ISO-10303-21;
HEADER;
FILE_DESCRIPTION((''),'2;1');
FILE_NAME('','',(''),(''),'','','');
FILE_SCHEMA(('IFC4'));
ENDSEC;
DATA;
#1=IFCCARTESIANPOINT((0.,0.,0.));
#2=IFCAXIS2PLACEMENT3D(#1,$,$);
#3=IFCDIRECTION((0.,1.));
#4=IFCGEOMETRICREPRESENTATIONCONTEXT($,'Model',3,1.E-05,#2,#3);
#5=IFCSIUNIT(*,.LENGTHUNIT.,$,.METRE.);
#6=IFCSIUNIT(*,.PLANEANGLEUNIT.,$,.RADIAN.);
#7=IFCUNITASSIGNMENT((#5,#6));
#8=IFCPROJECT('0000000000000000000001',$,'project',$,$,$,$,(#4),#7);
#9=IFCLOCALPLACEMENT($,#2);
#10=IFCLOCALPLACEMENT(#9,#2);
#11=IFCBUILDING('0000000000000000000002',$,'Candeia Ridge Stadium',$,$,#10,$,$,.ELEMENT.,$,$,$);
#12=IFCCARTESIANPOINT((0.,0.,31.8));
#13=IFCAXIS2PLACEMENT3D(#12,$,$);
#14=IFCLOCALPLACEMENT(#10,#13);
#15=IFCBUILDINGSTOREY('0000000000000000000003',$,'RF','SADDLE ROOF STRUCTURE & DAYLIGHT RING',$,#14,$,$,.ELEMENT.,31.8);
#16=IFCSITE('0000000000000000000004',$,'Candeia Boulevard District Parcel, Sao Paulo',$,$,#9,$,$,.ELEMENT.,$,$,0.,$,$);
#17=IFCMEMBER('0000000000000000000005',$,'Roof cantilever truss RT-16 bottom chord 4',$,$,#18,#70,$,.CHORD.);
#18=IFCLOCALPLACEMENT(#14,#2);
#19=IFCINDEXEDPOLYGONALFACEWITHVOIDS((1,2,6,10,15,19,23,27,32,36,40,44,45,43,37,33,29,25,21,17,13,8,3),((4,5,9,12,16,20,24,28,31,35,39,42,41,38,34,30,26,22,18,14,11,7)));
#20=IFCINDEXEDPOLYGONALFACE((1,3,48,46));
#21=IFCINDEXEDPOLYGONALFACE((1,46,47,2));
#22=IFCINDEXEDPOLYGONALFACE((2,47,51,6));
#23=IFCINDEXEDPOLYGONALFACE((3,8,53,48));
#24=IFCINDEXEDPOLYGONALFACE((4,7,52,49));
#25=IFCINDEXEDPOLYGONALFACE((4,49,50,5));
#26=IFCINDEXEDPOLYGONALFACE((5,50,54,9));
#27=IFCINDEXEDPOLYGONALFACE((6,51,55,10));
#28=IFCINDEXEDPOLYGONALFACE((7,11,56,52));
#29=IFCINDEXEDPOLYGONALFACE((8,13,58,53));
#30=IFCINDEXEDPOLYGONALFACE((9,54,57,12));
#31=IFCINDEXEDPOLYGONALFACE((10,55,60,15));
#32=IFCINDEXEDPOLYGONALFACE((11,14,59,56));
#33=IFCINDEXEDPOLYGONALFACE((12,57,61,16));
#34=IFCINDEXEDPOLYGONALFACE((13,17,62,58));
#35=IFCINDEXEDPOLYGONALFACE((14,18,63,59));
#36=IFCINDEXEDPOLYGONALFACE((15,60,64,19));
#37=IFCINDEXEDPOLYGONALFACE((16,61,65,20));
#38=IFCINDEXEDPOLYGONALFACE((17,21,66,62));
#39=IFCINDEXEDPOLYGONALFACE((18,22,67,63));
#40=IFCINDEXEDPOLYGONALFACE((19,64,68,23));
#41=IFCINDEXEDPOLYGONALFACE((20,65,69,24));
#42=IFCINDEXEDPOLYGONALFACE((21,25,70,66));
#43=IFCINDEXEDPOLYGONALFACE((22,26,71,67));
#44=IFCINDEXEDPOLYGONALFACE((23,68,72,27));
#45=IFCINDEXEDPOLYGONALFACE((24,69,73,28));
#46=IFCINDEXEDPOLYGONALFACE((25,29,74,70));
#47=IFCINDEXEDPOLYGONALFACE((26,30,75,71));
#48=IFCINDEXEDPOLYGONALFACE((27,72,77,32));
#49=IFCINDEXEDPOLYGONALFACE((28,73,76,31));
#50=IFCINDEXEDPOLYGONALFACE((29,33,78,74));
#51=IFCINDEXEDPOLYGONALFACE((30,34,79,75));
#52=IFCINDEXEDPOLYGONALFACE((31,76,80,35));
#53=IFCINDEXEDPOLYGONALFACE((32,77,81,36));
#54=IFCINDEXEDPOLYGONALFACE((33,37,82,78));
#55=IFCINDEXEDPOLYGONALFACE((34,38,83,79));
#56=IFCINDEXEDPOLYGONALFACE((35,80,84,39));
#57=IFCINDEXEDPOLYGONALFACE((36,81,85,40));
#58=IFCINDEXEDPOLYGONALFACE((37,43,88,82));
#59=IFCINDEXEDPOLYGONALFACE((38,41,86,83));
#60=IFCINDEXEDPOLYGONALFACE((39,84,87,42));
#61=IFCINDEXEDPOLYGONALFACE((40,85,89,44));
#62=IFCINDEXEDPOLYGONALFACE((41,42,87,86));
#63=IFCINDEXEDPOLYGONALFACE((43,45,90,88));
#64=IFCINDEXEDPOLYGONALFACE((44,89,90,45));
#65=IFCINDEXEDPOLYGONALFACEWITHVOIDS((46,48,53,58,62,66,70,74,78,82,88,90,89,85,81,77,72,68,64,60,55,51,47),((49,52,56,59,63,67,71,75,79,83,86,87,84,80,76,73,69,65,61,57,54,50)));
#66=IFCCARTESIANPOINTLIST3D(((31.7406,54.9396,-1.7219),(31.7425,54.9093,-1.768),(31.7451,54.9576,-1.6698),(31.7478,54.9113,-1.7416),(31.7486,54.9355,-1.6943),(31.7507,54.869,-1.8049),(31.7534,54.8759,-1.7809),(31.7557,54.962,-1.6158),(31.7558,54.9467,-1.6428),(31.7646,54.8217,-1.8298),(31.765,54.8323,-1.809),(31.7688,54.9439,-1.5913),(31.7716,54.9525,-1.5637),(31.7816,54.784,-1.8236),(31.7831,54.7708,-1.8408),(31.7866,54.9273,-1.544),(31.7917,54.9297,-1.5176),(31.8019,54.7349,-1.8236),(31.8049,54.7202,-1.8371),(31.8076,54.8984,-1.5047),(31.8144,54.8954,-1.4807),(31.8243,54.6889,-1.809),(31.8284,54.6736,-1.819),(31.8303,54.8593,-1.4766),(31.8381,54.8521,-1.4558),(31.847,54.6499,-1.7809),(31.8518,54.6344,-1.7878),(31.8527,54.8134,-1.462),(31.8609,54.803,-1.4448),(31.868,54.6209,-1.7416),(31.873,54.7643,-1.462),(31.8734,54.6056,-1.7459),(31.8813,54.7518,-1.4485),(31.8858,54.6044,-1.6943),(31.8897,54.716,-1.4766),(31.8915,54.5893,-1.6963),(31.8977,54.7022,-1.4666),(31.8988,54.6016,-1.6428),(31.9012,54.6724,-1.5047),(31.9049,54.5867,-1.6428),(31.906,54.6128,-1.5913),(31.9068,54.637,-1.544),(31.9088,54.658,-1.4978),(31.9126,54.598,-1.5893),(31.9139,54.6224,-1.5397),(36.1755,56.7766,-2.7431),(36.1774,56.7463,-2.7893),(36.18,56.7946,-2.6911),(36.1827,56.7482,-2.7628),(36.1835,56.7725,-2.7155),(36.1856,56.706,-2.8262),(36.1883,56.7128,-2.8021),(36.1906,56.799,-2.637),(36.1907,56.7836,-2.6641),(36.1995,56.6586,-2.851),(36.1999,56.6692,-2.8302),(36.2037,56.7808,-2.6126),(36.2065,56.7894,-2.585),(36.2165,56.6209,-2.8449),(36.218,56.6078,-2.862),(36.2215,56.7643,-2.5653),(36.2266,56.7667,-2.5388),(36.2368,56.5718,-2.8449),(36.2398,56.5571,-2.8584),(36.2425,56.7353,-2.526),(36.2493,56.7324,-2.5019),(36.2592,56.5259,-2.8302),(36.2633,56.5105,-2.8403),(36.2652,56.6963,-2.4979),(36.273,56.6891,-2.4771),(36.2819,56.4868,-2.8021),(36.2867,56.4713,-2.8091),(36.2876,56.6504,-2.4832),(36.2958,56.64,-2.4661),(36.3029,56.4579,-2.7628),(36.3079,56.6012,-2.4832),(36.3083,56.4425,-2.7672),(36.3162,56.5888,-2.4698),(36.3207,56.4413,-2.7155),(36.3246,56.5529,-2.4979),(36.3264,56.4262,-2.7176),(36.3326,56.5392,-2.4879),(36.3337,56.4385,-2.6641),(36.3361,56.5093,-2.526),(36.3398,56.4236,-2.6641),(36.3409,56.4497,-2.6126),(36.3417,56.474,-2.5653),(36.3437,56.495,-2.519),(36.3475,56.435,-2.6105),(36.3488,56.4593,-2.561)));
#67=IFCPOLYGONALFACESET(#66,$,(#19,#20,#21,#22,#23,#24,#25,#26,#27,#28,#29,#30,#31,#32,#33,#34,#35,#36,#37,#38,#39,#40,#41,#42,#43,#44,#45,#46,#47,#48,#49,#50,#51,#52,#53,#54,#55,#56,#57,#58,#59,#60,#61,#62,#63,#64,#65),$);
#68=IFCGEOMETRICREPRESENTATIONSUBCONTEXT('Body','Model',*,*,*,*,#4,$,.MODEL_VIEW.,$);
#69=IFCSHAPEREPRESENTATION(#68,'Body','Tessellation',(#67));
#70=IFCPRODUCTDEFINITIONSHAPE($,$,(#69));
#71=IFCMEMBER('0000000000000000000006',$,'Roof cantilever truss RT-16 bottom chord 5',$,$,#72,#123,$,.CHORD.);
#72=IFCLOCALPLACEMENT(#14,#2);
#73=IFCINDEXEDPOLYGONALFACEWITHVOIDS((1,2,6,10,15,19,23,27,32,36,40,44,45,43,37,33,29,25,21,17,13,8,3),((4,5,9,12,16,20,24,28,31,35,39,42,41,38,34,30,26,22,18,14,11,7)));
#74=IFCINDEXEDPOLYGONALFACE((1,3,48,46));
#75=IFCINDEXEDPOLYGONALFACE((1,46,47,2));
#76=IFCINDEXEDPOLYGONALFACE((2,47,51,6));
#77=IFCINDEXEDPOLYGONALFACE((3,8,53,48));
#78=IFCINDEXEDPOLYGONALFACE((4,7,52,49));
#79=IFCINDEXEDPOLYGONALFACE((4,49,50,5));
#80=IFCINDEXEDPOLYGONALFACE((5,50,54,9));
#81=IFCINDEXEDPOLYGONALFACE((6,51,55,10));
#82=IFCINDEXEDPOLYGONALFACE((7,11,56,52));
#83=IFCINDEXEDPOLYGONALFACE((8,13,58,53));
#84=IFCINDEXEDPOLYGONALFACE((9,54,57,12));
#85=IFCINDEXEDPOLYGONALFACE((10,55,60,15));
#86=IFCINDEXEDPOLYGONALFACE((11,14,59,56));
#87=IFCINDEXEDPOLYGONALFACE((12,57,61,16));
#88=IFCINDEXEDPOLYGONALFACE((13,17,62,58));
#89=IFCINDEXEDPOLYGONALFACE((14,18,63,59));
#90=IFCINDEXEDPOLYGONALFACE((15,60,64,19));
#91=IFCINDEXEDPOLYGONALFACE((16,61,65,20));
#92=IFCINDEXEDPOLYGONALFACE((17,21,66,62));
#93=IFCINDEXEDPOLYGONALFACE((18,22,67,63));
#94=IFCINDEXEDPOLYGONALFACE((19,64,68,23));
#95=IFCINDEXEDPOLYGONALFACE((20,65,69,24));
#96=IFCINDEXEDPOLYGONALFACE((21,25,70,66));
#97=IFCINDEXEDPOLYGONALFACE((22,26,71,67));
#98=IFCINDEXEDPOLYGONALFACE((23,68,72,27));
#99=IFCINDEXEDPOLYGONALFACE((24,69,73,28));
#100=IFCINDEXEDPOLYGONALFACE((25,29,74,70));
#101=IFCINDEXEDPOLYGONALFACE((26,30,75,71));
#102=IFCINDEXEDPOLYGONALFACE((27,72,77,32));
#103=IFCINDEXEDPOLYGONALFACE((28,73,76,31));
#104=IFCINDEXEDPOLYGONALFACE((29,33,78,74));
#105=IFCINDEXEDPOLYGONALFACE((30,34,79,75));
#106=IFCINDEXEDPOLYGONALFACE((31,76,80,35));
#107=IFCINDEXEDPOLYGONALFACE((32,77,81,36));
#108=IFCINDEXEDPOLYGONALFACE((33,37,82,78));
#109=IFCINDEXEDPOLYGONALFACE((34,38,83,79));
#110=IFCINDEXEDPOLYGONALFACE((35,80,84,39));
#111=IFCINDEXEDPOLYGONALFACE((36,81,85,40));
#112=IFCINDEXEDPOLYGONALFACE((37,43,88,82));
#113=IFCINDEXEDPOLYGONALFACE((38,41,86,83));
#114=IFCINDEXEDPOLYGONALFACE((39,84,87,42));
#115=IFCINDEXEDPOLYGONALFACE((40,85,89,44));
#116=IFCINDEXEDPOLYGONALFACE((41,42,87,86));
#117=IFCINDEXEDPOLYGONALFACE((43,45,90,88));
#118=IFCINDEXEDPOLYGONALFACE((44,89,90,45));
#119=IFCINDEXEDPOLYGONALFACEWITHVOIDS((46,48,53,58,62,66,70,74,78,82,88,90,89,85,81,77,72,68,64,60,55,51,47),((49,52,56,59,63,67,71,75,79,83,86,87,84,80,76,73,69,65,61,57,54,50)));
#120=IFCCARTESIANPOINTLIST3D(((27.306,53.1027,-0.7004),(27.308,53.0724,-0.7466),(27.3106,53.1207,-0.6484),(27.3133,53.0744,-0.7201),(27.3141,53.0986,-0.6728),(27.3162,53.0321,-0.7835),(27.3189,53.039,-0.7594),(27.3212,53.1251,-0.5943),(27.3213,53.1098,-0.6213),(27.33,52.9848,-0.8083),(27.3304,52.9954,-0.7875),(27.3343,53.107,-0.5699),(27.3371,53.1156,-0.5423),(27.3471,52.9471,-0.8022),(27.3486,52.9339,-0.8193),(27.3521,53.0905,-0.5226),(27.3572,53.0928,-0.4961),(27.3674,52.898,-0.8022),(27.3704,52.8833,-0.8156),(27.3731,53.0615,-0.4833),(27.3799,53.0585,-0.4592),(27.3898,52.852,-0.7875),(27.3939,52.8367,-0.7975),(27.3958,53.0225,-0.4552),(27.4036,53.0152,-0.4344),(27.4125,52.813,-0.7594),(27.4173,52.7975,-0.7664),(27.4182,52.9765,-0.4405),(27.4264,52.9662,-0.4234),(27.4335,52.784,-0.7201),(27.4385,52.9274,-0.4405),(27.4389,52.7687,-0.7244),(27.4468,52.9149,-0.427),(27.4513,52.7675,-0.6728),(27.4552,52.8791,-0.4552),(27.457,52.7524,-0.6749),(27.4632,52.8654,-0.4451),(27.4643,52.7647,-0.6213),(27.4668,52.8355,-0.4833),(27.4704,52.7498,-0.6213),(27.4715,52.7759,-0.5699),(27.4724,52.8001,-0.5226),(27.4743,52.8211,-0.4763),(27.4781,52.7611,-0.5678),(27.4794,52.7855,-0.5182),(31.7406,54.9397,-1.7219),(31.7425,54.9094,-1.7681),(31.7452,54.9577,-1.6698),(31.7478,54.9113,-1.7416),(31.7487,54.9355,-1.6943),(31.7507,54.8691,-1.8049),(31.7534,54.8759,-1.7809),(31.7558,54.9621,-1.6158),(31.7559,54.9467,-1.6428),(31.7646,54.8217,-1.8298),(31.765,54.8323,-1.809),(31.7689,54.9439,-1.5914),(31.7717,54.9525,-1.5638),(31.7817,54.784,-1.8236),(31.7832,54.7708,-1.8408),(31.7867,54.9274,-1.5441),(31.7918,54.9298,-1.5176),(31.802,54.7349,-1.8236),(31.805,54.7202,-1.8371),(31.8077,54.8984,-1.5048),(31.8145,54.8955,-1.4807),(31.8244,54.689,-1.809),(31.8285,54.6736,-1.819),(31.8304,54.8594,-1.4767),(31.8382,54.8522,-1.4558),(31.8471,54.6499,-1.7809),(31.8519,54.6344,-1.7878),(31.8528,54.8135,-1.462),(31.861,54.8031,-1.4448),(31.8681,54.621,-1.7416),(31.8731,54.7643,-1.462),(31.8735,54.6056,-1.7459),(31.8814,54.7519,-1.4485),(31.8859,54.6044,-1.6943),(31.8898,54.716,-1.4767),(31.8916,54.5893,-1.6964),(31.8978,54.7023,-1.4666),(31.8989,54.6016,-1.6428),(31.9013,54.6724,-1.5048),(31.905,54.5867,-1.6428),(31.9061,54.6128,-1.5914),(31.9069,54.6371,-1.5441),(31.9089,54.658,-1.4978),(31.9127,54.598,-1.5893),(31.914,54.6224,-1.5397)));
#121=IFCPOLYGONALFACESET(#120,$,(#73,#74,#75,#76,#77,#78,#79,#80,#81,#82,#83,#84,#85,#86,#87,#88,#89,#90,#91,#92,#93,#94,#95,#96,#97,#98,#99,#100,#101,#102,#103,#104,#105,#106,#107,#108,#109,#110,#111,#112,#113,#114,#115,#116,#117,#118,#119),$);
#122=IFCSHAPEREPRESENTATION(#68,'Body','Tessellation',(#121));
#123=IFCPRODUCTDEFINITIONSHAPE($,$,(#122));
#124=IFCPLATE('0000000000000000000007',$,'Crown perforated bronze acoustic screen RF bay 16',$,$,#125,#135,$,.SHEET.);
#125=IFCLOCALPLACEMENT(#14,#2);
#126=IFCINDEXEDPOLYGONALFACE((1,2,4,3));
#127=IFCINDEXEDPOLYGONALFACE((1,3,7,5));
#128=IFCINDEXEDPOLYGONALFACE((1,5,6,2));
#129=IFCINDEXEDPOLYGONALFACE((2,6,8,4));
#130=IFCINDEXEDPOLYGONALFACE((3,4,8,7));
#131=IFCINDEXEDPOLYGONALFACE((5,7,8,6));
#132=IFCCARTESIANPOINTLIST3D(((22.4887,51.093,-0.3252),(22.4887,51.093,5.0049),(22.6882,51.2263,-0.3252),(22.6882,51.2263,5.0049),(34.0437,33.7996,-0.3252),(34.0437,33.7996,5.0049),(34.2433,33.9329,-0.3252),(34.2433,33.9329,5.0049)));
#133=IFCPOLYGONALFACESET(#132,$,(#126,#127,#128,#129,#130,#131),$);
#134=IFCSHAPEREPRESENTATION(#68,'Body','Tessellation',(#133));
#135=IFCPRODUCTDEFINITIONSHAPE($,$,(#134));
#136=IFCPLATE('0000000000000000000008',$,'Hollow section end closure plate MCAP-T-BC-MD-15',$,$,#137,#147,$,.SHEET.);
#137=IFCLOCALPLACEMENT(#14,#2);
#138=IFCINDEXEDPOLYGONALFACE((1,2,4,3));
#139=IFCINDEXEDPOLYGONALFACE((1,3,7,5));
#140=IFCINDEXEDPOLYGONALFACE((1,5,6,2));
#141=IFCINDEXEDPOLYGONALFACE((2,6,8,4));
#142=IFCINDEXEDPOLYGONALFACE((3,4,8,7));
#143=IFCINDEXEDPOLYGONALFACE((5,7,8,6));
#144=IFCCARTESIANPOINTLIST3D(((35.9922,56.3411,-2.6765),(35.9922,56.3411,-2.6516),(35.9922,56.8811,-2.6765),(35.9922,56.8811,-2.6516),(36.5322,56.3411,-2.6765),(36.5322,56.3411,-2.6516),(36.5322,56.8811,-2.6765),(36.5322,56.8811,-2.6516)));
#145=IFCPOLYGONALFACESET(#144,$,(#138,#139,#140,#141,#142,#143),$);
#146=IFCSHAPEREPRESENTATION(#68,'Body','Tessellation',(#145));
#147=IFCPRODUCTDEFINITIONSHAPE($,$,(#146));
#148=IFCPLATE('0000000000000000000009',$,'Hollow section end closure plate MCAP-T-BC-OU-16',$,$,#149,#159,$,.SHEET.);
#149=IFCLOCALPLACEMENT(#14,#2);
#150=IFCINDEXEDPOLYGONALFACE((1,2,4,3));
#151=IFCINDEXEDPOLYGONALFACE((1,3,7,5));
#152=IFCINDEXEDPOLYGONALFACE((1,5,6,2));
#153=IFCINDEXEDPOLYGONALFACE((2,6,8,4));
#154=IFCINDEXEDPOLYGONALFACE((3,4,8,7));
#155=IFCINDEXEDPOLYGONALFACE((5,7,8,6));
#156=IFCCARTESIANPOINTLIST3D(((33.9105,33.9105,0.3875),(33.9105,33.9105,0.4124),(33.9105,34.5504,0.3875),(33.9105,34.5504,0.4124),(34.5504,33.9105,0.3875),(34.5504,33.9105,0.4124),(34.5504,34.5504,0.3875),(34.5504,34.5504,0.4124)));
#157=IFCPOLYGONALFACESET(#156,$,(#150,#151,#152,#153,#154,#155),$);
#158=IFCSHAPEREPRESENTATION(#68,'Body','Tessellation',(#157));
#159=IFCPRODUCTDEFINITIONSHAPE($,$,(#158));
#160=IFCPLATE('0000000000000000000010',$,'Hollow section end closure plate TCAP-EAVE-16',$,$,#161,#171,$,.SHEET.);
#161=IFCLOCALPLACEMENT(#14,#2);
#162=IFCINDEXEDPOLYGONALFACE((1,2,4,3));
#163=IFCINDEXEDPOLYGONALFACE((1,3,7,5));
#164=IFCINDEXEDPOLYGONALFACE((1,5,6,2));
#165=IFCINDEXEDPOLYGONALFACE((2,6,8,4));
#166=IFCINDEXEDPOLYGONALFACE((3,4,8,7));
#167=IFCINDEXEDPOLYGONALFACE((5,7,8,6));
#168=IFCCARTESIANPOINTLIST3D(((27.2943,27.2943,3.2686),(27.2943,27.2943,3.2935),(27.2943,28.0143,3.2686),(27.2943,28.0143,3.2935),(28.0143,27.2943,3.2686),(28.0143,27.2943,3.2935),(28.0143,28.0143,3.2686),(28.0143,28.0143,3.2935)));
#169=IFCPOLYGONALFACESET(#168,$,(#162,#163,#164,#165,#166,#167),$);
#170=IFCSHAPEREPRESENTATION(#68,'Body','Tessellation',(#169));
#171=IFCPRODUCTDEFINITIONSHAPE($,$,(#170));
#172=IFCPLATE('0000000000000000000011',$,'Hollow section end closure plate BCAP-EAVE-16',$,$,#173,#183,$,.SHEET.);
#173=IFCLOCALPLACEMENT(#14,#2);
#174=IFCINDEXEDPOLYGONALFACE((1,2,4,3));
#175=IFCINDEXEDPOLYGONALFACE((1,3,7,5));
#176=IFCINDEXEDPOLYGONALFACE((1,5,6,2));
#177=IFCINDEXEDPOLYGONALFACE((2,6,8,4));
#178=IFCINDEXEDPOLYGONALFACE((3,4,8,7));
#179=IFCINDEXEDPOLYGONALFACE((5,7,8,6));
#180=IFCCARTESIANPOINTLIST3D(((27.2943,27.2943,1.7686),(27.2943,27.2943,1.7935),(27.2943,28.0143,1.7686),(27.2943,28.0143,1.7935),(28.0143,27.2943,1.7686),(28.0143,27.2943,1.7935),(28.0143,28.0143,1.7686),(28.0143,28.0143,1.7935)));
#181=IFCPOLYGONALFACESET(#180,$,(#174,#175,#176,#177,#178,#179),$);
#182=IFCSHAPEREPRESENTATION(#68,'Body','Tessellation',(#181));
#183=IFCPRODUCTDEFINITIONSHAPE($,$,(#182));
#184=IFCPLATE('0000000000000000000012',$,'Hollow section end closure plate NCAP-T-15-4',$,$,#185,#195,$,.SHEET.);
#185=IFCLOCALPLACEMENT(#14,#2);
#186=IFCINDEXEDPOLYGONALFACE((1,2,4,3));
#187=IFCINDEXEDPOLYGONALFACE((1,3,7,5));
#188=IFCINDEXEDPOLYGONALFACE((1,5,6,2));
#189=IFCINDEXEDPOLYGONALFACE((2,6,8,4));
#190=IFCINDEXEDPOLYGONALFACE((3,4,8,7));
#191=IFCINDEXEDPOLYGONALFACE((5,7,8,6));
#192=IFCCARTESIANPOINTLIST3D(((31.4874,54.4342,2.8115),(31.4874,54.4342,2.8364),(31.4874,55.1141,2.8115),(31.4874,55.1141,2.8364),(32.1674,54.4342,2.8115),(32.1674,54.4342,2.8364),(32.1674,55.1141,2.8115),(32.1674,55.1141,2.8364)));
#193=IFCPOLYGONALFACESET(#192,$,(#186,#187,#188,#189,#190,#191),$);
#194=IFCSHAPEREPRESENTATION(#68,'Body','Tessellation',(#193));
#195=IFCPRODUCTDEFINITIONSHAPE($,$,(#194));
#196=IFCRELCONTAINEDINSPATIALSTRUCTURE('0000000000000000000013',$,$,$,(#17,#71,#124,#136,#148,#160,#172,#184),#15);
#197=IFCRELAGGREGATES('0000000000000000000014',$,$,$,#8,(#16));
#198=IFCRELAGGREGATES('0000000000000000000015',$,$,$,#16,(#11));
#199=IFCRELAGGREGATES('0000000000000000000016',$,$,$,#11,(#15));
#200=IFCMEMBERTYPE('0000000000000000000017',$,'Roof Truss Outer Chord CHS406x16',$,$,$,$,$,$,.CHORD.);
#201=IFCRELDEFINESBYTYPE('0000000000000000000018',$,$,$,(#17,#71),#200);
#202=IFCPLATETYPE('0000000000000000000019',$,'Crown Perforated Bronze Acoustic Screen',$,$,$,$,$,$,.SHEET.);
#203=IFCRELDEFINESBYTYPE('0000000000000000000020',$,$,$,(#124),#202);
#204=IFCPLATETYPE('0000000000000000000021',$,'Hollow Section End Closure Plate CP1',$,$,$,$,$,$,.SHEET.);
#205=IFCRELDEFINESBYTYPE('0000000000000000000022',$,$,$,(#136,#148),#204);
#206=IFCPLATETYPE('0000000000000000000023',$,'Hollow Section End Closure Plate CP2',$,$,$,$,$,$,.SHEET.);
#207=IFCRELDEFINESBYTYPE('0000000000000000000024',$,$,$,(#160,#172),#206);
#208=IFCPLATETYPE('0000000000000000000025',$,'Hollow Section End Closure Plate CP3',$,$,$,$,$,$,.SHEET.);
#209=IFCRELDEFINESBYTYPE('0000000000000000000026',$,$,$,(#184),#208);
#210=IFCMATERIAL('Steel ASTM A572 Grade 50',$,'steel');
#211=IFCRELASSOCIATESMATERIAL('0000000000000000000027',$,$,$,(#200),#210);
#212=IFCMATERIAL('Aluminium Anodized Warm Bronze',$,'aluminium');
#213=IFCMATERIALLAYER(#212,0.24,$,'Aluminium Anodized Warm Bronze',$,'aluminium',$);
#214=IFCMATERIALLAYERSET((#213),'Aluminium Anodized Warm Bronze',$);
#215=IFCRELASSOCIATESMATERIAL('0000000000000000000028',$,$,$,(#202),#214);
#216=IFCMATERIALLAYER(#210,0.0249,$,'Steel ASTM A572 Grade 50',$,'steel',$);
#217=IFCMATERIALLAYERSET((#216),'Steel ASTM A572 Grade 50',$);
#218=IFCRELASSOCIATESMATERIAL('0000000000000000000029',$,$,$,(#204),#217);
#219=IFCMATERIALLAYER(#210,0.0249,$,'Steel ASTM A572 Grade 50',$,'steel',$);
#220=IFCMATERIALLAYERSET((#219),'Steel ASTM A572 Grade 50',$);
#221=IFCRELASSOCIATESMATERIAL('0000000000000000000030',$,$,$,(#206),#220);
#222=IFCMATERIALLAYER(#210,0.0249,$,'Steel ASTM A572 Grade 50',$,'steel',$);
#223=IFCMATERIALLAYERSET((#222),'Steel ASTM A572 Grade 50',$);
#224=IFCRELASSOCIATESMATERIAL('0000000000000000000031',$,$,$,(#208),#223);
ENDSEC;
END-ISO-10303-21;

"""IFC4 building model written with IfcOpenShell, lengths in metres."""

from ifc_helpers import new_model, si_unit, direction, frame, origin, origin_2d, place, context, subcontext, project, spatial, rectangle, hollow_circle, extrude, material, layer, layer_set, material_profile, profile_set, type_object, element, save


model = new_model("IFC4")

# Units and contexts
model_context = context("Model", 3, precision=1e-05, world=origin(), true_north=direction((0.0, 1.0)))
body_context = subcontext(model_context, "Body", "Model", "MODEL_VIEW")
ifc_project = project(units=[si_unit("LENGTHUNIT", "METRE"), si_unit("PLANEANGLEUNIT", "RADIAN")], contexts=[model_context])

# Site, building, storey
site_placement = place(None, origin())
site = spatial("IfcSite", under=ifc_project, at=site_placement, Name="Candeia Boulevard District Parcel, Sao Paulo", CompositionType="ELEMENT", RefElevation=0.0)
building_placement = place(site_placement, origin())
building = spatial("IfcBuilding", under=site, at=building_placement, Name="Candeia Ridge Stadium", CompositionType="ELEMENT")
storey_placement = place(building_placement, frame((0.0, 0.0, 31.8)))
storey = spatial("IfcBuildingStorey", under=building, at=storey_placement, Name="RF", Description="SADDLE ROOF STRUCTURE & DAYLIGHT RING", CompositionType="ELEMENT", Elevation=31.8)

# Shared definitions
ifc_material_1 = material(Name="Steel ASTM A572 Grade 50", Category="steel")

# Members
ifc_material_profile_1 = material_profile(ifc_material_1, hollow_circle(Radius=0.2029, WallThickness=0.0161, at=origin_2d()), Name="CHS406x16", Category="steel")
ifc_profile_set_1 = profile_set([ifc_material_profile_1], Name="Steel ASTM A572 Grade 50")
member_type_1 = type_object("IfcMemberType", Name="Roof Truss Outer Chord CHS406x16", PredefinedType="CHORD", material=ifc_profile_set_1)
member_1_placement = place(storey_placement, frame((36.2622, 56.6111, -2.6641), z_axis=(-0.903658, -0.374298, 0.208093), x_axis=(0.382675, -0.923883, 0.0)))
element("IfcMember", 1, at=member_1_placement, inside=storey, type_object=member_type_1, Name="Roof cantilever truss RT-16 bottom chord 4", PredefinedType="CHORD", context=body_context, shape_type="SweptSolid", body=[
    extrude(hollow_circle(Radius=0.2029, WallThickness=0.0161, at=origin_2d()), origin(), (0.0, 0.0, 1.0), 4.9077),
])
member_2_placement = place(storey_placement, frame((31.8274, 54.7742, -1.6428), z_axis=(-0.90364, -0.374311, 0.20815), x_axis=(0.382693, -0.923875, 0.0)))
element("IfcMember", 2, at=member_2_placement, inside=storey, type_object=member_type_1, Name="Roof cantilever truss RT-16 bottom chord 5", PredefinedType="CHORD", context=body_context, shape_type="SweptSolid", body=[
    extrude(hollow_circle(Radius=0.2029, WallThickness=0.0161, at=origin_2d()), origin(), (0.0, 0.0, 1.0), 4.9075),
])

# Plates
ifc_material_2 = material(Name="Aluminium Anodized Warm Bronze", Category="aluminium")
ifc_layer_1 = layer(ifc_material_2, 0.24, Name="Aluminium Anodized Warm Bronze", Category="aluminium")
ifc_layer_set_1 = layer_set([ifc_layer_1], Name="Aluminium Anodized Warm Bronze")
plate_type_1 = type_object("IfcPlateType", Name="Crown Perforated Bronze Acoustic Screen", PredefinedType="SHEET", material=ifc_layer_set_1)
plate_1_placement = place(storey_placement, frame((28.366, 42.5129, -0.3252), z_axis=(0.0, 0.0, 1.0), x_axis=(0.55557, -0.83147, 0.0)))
element("IfcPlate", 3, at=plate_1_placement, inside=storey, type_object=plate_type_1, Name="Crown perforated bronze acoustic screen RF bay 16", PredefinedType="SHEET", context=body_context, shape_type="SweptSolid", body=[
    extrude(rectangle(XDim=20.7986, YDim=0.24, at=origin_2d()), origin(), (0.0, 0.0, 1.0), 5.3301),
])
ifc_layer_2 = layer(ifc_material_1, 0.0249, Name="Steel ASTM A572 Grade 50", Category="steel")
ifc_layer_set_2 = layer_set([ifc_layer_2], Name="Steel ASTM A572 Grade 50")
plate_type_2 = type_object("IfcPlateType", Name="Hollow Section End Closure Plate CP1", PredefinedType="SHEET", material=ifc_layer_set_2)
plate_2_placement = place(storey_placement, frame((36.2622, 56.6111, -2.6765), z_axis=(0.0, 0.0, 1.0), x_axis=(1.0, 0.0, 0.0)))
element("IfcPlate", 4, at=plate_2_placement, inside=storey, type_object=plate_type_2, Name="Hollow section end closure plate MCAP-T-BC-MD-15", PredefinedType="SHEET", context=body_context, shape_type="SweptSolid", body=[
    extrude(rectangle(XDim=0.54, YDim=0.54, at=origin_2d()), origin(), (0.0, 0.0, 1.0), 0.0249),
])
plate_3_placement = place(storey_placement, frame((34.2305, 34.2305, 0.3875), z_axis=(0.0, 0.0, 1.0), x_axis=(1.0, 0.0, 0.0)))
element("IfcPlate", 5, at=plate_3_placement, inside=storey, type_object=plate_type_2, Name="Hollow section end closure plate MCAP-T-BC-OU-16", PredefinedType="SHEET", context=body_context, shape_type="SweptSolid", body=[
    extrude(rectangle(XDim=0.6399, YDim=0.6399, at=origin_2d()), origin(), (0.0, 0.0, 1.0), 0.0249),
])
ifc_layer_3 = layer(ifc_material_1, 0.0249, Name="Steel ASTM A572 Grade 50", Category="steel")
ifc_layer_set_3 = layer_set([ifc_layer_3], Name="Steel ASTM A572 Grade 50")
plate_type_3 = type_object("IfcPlateType", Name="Hollow Section End Closure Plate CP2", PredefinedType="SHEET", material=ifc_layer_set_3)
for number, where, z_axis, x_axis, name in (
    (6, (27.6543, 27.6543, 3.2686), (0.0, 0.0, 1.0), (1.0, 0.0, 0.0), "Hollow section end closure plate TCAP-EAVE-16"),
    (7, (27.6543, 27.6543, 1.7686), (0.0, 0.0, 1.0), (1.0, 0.0, 0.0), "Hollow section end closure plate BCAP-EAVE-16"),
):
    element("IfcPlate", number, at=place(storey_placement, frame(where, z_axis=z_axis, x_axis=x_axis)), inside=storey, type_object=plate_type_3, Name=name, PredefinedType="SHEET", context=body_context, shape_type="SweptSolid", body=[
        extrude(rectangle(XDim=0.72, YDim=0.72, at=origin_2d()), origin(), (0.0, 0.0, 1.0), 0.0249),
    ])
ifc_layer_4 = layer(ifc_material_1, 0.0249, Name="Steel ASTM A572 Grade 50", Category="steel")
ifc_layer_set_4 = layer_set([ifc_layer_4], Name="Steel ASTM A572 Grade 50")
plate_type_4 = type_object("IfcPlateType", Name="Hollow Section End Closure Plate CP3", PredefinedType="SHEET", material=ifc_layer_set_4)
for number, where, z_axis, x_axis, name in (
    (8, (31.8274, 54.7742, 2.8115), (0.0, 0.0, 1.0), (1.0, 0.0, 0.0), "Hollow section end closure plate NCAP-T-15-4"),
):
    element("IfcPlate", number, at=place(storey_placement, frame(where, z_axis=z_axis, x_axis=x_axis)), inside=storey, type_object=plate_type_4, Name=name, PredefinedType="SHEET", context=body_context, shape_type="SweptSolid", body=[
        extrude(rectangle(XDim=0.6799, YDim=0.6799, at=origin_2d()), origin(), (0.0, 0.0, 1.0), 0.0249),
    ])

save(model, "model.ifc")
